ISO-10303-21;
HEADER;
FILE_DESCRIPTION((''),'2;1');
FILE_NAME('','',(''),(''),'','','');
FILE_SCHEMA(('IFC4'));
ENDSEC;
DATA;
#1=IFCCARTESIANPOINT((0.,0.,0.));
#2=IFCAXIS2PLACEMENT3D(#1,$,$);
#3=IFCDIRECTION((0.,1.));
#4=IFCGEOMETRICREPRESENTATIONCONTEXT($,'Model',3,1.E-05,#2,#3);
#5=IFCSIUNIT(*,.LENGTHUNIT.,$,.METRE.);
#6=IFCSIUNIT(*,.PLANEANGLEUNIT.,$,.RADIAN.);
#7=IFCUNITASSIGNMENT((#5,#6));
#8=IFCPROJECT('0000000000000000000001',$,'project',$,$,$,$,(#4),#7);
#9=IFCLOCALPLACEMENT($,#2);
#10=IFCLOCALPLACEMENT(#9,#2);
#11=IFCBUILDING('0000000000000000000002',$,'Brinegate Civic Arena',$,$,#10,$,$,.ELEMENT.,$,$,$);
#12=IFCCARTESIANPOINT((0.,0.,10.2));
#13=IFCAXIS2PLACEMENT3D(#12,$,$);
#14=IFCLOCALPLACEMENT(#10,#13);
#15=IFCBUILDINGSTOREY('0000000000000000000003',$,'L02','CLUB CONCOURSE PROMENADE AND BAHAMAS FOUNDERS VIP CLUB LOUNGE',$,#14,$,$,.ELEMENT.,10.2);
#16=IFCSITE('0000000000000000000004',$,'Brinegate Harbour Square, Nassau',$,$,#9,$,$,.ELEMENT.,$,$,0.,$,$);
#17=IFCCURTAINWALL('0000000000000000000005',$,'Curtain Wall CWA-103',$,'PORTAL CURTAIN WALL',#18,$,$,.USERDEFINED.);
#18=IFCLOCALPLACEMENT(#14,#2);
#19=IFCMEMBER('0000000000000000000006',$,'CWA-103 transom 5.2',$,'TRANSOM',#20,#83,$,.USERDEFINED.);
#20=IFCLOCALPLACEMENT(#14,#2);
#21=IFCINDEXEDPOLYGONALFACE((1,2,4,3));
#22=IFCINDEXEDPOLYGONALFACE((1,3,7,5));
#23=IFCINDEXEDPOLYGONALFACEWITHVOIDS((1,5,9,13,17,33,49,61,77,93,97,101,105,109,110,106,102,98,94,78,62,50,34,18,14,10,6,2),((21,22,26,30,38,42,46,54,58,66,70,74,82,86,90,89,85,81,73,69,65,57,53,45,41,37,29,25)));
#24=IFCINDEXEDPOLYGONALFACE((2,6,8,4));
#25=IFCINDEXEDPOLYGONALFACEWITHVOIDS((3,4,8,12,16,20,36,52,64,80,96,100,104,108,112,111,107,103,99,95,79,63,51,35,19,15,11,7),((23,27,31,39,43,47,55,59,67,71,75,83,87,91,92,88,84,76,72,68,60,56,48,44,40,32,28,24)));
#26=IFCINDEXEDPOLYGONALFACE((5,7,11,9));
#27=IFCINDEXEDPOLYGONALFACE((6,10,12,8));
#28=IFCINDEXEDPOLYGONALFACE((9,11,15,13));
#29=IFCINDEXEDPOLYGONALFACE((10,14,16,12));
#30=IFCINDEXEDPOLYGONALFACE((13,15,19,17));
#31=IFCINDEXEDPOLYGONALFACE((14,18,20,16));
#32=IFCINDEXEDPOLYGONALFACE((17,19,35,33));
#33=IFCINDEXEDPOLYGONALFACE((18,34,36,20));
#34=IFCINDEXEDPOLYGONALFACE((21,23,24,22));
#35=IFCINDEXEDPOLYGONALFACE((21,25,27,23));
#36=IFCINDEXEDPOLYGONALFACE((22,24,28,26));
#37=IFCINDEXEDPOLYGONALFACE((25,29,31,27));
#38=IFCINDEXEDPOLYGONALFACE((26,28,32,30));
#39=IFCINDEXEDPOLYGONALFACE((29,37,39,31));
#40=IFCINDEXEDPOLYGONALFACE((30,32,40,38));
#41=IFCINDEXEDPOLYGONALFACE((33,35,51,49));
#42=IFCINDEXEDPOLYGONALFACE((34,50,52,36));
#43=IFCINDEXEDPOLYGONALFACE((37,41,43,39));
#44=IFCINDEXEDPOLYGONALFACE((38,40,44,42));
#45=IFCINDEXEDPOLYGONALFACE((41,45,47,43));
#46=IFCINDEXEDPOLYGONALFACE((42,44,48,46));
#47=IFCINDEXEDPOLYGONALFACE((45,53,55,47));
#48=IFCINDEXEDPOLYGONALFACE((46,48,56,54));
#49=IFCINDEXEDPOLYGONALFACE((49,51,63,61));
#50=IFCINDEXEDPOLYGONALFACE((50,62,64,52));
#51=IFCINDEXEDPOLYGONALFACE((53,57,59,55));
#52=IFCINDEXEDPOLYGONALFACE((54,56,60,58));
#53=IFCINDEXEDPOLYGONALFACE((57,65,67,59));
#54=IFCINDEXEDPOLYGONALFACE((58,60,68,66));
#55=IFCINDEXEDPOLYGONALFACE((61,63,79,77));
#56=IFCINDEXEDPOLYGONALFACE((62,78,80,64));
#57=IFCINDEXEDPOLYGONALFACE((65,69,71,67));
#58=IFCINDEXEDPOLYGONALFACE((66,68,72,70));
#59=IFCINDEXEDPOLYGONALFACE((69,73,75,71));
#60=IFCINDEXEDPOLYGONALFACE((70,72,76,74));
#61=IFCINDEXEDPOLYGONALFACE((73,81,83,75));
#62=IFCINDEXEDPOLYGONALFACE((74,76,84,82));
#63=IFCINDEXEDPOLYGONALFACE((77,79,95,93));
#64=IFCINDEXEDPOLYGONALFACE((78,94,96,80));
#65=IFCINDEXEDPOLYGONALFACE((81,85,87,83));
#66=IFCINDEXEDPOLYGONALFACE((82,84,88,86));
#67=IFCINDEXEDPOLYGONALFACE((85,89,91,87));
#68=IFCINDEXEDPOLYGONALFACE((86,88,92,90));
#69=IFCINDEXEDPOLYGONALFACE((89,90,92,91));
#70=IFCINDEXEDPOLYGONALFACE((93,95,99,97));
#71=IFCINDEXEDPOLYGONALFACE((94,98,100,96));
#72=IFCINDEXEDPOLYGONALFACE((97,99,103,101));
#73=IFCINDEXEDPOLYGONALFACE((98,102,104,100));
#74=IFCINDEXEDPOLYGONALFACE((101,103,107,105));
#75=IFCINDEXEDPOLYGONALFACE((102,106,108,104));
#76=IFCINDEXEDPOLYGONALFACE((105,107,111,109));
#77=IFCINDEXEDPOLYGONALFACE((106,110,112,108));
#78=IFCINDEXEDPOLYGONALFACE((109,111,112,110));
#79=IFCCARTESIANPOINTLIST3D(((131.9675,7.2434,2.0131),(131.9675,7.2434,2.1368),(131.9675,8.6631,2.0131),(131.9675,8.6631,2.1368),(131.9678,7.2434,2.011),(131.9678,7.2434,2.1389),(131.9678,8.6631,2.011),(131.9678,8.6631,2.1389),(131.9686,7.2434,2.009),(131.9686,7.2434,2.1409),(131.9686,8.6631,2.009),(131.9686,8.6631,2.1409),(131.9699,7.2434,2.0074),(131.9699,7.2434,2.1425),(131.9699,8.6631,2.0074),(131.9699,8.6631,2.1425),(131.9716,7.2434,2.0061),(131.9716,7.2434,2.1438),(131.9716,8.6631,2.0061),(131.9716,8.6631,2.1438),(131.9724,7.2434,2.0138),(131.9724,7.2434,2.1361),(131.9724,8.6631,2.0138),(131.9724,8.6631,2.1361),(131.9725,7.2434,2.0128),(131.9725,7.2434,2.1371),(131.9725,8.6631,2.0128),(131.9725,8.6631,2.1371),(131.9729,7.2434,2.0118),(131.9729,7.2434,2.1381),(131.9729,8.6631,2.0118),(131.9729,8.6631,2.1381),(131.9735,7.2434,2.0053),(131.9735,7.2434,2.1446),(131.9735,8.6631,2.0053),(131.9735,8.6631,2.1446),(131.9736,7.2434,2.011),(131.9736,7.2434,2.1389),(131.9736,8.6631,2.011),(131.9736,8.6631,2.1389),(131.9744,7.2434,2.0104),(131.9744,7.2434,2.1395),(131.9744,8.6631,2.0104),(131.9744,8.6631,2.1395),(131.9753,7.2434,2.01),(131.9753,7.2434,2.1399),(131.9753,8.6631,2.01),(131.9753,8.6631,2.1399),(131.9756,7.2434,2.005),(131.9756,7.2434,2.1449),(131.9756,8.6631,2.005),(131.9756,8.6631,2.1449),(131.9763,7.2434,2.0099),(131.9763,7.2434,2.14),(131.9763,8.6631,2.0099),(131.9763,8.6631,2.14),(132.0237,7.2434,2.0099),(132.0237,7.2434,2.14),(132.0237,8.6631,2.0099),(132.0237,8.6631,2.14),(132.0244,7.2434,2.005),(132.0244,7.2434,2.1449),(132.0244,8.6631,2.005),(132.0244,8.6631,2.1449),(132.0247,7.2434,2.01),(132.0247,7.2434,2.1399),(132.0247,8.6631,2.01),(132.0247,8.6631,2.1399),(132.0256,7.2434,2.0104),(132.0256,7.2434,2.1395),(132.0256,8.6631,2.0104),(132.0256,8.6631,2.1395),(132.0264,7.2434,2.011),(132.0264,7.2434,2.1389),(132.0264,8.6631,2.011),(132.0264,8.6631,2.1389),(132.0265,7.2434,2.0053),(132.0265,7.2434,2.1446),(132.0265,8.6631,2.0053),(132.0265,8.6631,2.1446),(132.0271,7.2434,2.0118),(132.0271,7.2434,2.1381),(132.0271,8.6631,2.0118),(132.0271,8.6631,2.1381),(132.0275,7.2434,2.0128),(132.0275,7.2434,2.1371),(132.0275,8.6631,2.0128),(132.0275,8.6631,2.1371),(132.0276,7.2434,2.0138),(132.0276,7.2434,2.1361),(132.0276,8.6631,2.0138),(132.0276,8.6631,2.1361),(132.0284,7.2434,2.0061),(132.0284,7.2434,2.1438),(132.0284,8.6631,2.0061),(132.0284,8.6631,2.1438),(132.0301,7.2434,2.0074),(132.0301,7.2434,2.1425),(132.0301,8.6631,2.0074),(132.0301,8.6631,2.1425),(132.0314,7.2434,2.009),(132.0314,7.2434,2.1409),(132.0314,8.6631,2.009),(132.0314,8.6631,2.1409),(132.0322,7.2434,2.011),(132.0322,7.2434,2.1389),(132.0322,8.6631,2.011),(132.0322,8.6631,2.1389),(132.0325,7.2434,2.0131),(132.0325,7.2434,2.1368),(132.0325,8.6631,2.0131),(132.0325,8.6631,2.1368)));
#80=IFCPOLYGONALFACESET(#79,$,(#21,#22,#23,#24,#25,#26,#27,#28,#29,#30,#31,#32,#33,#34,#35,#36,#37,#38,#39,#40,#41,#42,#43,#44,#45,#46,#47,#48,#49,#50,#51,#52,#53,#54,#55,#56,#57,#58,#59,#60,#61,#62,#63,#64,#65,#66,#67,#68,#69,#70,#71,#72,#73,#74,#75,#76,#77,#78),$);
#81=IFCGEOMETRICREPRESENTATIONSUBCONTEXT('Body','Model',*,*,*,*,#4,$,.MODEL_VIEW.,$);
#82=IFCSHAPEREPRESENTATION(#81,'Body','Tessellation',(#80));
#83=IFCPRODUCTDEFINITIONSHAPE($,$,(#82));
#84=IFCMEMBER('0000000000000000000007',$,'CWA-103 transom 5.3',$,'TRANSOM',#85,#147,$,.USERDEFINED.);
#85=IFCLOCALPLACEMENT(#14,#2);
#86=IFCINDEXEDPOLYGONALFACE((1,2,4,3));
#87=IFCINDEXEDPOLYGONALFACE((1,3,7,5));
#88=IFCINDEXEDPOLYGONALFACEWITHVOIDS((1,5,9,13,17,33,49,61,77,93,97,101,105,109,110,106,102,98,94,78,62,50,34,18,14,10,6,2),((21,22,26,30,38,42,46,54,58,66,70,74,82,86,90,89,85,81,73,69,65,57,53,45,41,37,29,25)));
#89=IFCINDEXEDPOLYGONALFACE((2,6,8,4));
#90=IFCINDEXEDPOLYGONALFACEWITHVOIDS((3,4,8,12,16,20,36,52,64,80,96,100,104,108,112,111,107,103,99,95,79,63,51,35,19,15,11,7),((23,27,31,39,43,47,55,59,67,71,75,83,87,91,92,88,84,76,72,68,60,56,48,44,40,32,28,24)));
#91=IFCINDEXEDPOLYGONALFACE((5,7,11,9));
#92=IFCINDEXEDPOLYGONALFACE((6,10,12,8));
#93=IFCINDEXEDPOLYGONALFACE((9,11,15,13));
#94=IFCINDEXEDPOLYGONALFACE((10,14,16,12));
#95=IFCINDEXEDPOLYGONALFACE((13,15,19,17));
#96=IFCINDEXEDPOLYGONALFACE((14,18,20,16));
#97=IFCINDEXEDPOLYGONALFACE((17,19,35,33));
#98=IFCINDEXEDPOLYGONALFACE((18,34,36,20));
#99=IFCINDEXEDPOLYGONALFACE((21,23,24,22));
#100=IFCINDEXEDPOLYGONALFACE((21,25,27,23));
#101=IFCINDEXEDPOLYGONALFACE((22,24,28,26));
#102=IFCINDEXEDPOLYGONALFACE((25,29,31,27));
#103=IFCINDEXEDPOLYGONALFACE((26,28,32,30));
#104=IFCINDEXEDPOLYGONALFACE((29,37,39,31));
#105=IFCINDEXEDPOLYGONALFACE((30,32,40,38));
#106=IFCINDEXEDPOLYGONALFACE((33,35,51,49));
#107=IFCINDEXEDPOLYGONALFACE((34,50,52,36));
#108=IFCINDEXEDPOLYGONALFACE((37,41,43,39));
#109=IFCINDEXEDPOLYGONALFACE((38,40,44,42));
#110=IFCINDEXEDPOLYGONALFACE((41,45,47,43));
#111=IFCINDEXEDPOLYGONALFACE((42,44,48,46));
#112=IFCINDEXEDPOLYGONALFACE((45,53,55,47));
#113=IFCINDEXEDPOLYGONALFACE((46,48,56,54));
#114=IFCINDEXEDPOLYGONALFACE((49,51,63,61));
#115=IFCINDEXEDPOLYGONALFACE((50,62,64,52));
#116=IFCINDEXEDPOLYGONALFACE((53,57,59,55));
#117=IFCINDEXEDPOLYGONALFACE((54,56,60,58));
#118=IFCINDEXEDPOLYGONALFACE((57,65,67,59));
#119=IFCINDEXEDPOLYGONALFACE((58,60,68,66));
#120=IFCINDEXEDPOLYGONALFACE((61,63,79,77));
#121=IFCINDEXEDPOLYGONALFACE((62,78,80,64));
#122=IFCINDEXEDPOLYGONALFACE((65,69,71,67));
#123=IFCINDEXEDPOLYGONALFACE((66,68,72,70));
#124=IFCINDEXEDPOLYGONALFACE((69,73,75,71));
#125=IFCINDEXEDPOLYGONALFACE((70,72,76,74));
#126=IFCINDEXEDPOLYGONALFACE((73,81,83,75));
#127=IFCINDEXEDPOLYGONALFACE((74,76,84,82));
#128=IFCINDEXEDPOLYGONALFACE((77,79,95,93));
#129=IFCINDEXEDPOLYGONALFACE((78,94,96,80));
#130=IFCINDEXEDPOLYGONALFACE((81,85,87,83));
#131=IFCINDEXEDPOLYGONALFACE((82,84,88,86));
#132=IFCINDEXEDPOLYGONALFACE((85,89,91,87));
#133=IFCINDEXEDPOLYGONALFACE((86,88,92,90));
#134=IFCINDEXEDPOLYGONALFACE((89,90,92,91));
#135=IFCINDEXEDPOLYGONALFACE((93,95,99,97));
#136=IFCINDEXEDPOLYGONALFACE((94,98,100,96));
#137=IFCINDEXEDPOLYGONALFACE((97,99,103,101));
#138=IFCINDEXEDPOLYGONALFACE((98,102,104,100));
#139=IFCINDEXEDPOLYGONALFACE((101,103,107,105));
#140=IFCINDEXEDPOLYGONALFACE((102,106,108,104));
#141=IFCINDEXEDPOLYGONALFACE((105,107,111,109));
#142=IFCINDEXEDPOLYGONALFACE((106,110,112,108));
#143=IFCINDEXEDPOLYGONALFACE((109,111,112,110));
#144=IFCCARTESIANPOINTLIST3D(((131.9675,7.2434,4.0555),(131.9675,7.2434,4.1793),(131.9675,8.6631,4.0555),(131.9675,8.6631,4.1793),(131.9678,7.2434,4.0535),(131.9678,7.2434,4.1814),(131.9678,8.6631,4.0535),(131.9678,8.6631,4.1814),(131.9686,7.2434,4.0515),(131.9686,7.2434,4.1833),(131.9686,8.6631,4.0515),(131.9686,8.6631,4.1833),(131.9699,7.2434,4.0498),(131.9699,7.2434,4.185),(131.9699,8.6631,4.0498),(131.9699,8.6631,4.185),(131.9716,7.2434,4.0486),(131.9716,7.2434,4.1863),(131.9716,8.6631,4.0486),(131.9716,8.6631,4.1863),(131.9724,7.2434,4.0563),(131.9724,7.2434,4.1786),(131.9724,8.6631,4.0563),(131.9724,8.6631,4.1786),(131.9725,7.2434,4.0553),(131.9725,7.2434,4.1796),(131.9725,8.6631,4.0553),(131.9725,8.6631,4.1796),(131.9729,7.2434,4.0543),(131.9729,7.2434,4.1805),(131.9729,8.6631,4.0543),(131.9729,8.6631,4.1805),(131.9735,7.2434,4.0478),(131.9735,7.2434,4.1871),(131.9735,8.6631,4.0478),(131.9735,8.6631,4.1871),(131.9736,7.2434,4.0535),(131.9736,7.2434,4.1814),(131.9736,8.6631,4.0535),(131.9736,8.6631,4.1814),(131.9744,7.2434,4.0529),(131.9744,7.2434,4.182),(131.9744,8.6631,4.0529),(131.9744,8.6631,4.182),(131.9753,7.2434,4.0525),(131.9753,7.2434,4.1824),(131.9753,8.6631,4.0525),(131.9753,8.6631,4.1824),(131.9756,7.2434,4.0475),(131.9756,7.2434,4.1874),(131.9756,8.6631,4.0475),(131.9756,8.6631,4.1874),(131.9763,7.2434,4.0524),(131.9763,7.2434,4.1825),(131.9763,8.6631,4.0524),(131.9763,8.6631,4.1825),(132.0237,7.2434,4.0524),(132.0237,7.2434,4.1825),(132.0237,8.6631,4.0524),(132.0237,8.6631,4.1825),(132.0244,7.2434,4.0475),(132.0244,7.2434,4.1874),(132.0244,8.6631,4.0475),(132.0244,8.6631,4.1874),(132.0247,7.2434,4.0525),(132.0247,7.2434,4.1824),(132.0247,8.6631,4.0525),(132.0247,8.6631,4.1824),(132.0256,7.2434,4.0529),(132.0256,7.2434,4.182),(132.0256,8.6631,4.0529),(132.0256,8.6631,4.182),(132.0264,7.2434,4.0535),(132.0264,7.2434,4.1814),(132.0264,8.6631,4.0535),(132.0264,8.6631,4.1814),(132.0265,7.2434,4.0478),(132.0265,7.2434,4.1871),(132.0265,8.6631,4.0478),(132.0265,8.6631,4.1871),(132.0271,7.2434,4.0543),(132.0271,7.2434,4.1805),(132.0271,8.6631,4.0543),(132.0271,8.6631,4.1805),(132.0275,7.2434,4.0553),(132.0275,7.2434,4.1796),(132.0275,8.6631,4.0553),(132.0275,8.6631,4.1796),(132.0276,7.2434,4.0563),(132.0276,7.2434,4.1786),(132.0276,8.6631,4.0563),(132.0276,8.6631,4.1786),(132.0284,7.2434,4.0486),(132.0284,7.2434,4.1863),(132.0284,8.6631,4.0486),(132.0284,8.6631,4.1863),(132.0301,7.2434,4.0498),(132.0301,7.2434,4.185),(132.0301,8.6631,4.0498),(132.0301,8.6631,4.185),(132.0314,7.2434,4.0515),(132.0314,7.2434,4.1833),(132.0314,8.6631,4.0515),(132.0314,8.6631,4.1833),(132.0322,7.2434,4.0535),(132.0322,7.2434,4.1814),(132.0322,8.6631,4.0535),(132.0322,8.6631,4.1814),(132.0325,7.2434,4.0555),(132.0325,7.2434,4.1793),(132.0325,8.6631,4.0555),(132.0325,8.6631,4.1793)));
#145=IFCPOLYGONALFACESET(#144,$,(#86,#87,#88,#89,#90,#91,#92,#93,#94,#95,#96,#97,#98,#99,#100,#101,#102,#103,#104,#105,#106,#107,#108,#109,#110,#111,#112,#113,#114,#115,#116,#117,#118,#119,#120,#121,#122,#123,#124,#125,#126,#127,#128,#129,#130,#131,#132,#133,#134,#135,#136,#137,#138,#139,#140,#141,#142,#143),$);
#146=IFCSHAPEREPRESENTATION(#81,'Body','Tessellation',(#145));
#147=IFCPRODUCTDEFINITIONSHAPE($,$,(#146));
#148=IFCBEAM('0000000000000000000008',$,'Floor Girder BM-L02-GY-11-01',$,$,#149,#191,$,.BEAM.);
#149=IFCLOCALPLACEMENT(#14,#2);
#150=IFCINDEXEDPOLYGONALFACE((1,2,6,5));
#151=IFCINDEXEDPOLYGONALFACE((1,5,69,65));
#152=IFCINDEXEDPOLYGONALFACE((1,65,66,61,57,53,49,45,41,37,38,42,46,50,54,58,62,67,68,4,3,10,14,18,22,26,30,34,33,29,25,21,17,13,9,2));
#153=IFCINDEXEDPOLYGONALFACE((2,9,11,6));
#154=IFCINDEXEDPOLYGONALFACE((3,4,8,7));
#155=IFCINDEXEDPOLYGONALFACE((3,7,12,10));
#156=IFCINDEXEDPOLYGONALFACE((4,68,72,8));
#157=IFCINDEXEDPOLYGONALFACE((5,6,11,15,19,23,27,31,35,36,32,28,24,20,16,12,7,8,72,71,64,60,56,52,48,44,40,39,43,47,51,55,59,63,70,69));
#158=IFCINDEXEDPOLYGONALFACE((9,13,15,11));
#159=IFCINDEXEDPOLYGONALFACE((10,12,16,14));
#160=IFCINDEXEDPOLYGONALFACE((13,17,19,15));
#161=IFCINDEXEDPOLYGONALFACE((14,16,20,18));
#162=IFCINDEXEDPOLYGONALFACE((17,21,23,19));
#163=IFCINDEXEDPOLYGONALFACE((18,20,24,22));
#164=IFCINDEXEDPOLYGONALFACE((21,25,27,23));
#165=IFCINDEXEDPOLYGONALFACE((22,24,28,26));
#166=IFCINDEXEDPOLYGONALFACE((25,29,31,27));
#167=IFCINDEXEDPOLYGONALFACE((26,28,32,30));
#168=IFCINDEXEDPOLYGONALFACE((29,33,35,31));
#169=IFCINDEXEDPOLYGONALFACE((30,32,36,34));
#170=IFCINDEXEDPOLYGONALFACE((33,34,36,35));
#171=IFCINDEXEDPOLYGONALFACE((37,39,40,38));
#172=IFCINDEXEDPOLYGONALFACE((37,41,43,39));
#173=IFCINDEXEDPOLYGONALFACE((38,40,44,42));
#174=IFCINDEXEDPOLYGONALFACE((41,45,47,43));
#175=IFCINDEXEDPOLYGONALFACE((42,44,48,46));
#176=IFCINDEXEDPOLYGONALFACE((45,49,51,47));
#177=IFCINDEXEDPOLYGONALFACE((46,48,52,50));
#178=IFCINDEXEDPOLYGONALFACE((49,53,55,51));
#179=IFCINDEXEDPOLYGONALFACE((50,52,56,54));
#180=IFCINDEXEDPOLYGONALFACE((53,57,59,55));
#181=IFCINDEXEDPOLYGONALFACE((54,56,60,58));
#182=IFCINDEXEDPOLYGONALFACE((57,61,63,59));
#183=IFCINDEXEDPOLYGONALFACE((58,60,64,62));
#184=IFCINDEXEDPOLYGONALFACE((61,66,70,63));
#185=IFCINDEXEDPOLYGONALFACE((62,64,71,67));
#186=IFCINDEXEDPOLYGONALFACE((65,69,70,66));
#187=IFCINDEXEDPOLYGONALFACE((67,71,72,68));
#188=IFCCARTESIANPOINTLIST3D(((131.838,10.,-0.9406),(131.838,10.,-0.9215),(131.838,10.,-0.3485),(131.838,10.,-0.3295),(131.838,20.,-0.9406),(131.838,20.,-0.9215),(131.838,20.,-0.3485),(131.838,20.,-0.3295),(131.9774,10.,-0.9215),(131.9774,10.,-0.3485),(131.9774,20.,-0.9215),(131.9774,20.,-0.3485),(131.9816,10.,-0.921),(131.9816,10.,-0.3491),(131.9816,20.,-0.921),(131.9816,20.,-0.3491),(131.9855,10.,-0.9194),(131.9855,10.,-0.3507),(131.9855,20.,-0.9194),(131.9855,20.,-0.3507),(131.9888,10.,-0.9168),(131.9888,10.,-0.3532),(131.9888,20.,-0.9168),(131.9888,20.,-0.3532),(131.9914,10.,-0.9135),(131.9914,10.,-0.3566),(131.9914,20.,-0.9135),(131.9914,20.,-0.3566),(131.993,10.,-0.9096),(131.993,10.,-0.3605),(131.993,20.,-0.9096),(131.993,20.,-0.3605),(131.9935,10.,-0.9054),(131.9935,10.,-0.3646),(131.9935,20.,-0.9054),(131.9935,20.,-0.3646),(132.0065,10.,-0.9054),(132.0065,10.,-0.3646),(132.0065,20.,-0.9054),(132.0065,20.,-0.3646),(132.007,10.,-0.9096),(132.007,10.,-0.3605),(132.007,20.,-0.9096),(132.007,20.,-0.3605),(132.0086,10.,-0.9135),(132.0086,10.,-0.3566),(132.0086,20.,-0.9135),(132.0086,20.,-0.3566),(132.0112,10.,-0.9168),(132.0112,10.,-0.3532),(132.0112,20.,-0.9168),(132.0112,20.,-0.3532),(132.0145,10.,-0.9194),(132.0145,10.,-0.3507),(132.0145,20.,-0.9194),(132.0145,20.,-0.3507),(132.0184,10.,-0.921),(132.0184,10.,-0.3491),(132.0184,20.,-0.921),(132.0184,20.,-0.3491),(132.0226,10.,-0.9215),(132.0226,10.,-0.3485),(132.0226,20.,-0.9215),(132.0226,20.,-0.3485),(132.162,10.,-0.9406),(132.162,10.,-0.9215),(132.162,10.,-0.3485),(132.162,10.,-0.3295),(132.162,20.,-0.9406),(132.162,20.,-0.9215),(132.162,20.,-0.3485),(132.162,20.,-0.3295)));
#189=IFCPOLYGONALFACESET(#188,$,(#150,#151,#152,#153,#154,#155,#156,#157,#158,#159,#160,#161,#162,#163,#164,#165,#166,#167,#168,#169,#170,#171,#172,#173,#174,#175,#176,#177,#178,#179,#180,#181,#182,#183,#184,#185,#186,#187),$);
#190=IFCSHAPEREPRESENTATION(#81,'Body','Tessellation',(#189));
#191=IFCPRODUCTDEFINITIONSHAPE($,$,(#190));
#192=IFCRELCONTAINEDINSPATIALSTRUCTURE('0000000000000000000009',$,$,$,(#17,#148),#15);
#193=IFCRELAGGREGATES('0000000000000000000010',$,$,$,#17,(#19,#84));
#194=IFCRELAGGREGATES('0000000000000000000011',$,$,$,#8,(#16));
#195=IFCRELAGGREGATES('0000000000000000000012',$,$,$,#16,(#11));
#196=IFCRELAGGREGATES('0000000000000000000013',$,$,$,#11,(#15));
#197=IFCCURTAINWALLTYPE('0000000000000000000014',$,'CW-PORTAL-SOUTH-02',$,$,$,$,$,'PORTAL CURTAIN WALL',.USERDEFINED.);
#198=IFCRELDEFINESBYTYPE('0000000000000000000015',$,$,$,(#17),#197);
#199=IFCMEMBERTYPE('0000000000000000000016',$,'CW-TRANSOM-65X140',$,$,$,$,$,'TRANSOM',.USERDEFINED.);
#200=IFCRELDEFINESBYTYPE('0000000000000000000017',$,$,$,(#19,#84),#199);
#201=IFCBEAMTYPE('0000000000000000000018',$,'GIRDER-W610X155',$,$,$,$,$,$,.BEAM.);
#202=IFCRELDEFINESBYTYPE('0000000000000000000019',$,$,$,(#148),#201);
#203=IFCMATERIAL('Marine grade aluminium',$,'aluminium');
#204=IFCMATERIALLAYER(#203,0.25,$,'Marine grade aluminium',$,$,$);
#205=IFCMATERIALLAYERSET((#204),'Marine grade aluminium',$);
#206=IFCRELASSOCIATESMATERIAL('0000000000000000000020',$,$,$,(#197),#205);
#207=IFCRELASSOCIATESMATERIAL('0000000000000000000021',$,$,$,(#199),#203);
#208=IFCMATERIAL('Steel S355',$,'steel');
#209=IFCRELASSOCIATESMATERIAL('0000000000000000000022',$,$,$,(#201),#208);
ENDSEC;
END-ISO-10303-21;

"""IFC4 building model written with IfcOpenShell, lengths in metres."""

from ifc_helpers import new_model, si_unit, direction, frame, origin, origin_2d, place, context, subcontext, project, spatial, hollow_rectangle, i_section, extrude, material, layer, layer_set, material_profile, profile_set, type_object, element, aggregate, save


model = new_model("IFC4")

# Units and contexts
model_context = context("Model", 3, precision=1e-05, world=origin(), true_north=direction((0.0, 1.0)))
body_context = subcontext(model_context, "Body", "Model", "MODEL_VIEW")
ifc_project = project(units=[si_unit("LENGTHUNIT", "METRE"), si_unit("PLANEANGLEUNIT", "RADIAN")], contexts=[model_context])

# Site, building, storey
site_placement = place(None, origin())
site = spatial("IfcSite", under=ifc_project, at=site_placement, Name="Brinegate Harbour Square, Nassau", CompositionType="ELEMENT", RefElevation=0.0)
building_placement = place(site_placement, origin())
building = spatial("IfcBuilding", under=site, at=building_placement, Name="Brinegate Civic Arena", CompositionType="ELEMENT")
storey_placement = place(building_placement, frame((0.0, 0.0, 10.2)))
storey = spatial("IfcBuildingStorey", under=building, at=storey_placement, Name="L02", Description="CLUB CONCOURSE PROMENADE AND BAHAMAS FOUNDERS VIP CLUB LOUNGE", CompositionType="ELEMENT", Elevation=10.2)

# Curtain wall, members
ifc_material_1 = material(Name="Marine grade aluminium", Category="aluminium")
ifc_layer_1 = layer(ifc_material_1, 0.25, Name="Marine grade aluminium")
ifc_layer_set_1 = layer_set([ifc_layer_1], Name="Marine grade aluminium")
curtain_wall_type = type_object("IfcCurtainWallType", Name="CW-PORTAL-SOUTH-02", ElementType="PORTAL CURTAIN WALL", PredefinedType="USERDEFINED", material=ifc_layer_set_1)
curtain_wall_placement = place(storey_placement, origin())
curtain_wall = element("IfcCurtainWall", 1, at=curtain_wall_placement, inside=storey, type_object=curtain_wall_type, Name="Curtain Wall CWA-103", ObjectType="PORTAL CURTAIN WALL", PredefinedType="USERDEFINED")
ifc_material_profile_1 = material_profile(ifc_material_1, hollow_rectangle(XDim=0.0649, YDim=0.1399, WallThickness=0.0049, InnerFilletRadius=0.0039, OuterFilletRadius=0.0081, at=origin_2d()), Name="TRN65X140")
ifc_profile_set_1 = profile_set([ifc_material_profile_1], Name="Marine grade aluminium")
member_type_1 = type_object("IfcMemberType", Name="CW-TRANSOM-65X140", ElementType="TRANSOM", PredefinedType="USERDEFINED", material=ifc_profile_set_1)
member_1_placement = place(storey_placement, frame((132.0, 7.2434, 2.075), z_axis=(0.0, 1.0, 0.0), x_axis=(-1.0, 0.0, 0.0)))
member_1 = element("IfcMember", 2, at=member_1_placement, type_object=member_type_1, Name="CWA-103 transom 5.2", ObjectType="TRANSOM", PredefinedType="USERDEFINED", context=body_context, shape_type="SweptSolid", body=[
    extrude(hollow_rectangle(XDim=0.0649, YDim=0.1399, WallThickness=0.0049, InnerFilletRadius=0.0039, OuterFilletRadius=0.0081, at=origin_2d()), origin(), (0.0, 0.0, 1.0), 1.4197),
])
member_2_placement = place(storey_placement, frame((132.0, 7.2434, 4.1174), z_axis=(0.0, 1.0, 0.0), x_axis=(-1.0, 0.0, 0.0)))
member_2 = element("IfcMember", 3, at=member_2_placement, type_object=member_type_1, Name="CWA-103 transom 5.3", ObjectType="TRANSOM", PredefinedType="USERDEFINED", context=body_context, shape_type="SweptSolid", body=[
    extrude(hollow_rectangle(XDim=0.0649, YDim=0.1399, WallThickness=0.0049, InnerFilletRadius=0.0039, OuterFilletRadius=0.0081, at=origin_2d()), origin(), (0.0, 0.0, 1.0), 1.4197),
])

# Beam
ifc_material_2 = material(Name="Steel S355", Category="steel")
ifc_material_profile_2 = material_profile(ifc_material_2, i_section(OverallWidth=0.324, OverallDepth=0.6111, WebThickness=0.0129, FlangeThickness=0.019, FilletRadius=0.0161, at=origin_2d()), Name="W610X155")
ifc_profile_set_2 = profile_set([ifc_material_profile_2], Name="Steel S355")
beam_type_1 = type_object("IfcBeamType", Name="GIRDER-W610X155", PredefinedType="BEAM", material=ifc_profile_set_2)
beam_1_placement = place(storey_placement, frame((132.0, 10.0, -0.635), z_axis=(0.0, 1.0, 0.0), x_axis=(-1.0, 0.0, 0.0)))
element("IfcBeam", 4, at=beam_1_placement, inside=storey, type_object=beam_type_1, Name="Floor Girder BM-L02-GY-11-01", PredefinedType="BEAM", context=body_context, shape_type="SweptSolid", body=[
    extrude(i_section(OverallWidth=0.324, OverallDepth=0.6111, WebThickness=0.0129, FlangeThickness=0.019, FilletRadius=0.0161, at=origin_2d()), origin(), (0.0, 0.0, 1.0), 10.0),
])

aggregate(curtain_wall, [member_1, member_2])

save(model, "model.ifc")
